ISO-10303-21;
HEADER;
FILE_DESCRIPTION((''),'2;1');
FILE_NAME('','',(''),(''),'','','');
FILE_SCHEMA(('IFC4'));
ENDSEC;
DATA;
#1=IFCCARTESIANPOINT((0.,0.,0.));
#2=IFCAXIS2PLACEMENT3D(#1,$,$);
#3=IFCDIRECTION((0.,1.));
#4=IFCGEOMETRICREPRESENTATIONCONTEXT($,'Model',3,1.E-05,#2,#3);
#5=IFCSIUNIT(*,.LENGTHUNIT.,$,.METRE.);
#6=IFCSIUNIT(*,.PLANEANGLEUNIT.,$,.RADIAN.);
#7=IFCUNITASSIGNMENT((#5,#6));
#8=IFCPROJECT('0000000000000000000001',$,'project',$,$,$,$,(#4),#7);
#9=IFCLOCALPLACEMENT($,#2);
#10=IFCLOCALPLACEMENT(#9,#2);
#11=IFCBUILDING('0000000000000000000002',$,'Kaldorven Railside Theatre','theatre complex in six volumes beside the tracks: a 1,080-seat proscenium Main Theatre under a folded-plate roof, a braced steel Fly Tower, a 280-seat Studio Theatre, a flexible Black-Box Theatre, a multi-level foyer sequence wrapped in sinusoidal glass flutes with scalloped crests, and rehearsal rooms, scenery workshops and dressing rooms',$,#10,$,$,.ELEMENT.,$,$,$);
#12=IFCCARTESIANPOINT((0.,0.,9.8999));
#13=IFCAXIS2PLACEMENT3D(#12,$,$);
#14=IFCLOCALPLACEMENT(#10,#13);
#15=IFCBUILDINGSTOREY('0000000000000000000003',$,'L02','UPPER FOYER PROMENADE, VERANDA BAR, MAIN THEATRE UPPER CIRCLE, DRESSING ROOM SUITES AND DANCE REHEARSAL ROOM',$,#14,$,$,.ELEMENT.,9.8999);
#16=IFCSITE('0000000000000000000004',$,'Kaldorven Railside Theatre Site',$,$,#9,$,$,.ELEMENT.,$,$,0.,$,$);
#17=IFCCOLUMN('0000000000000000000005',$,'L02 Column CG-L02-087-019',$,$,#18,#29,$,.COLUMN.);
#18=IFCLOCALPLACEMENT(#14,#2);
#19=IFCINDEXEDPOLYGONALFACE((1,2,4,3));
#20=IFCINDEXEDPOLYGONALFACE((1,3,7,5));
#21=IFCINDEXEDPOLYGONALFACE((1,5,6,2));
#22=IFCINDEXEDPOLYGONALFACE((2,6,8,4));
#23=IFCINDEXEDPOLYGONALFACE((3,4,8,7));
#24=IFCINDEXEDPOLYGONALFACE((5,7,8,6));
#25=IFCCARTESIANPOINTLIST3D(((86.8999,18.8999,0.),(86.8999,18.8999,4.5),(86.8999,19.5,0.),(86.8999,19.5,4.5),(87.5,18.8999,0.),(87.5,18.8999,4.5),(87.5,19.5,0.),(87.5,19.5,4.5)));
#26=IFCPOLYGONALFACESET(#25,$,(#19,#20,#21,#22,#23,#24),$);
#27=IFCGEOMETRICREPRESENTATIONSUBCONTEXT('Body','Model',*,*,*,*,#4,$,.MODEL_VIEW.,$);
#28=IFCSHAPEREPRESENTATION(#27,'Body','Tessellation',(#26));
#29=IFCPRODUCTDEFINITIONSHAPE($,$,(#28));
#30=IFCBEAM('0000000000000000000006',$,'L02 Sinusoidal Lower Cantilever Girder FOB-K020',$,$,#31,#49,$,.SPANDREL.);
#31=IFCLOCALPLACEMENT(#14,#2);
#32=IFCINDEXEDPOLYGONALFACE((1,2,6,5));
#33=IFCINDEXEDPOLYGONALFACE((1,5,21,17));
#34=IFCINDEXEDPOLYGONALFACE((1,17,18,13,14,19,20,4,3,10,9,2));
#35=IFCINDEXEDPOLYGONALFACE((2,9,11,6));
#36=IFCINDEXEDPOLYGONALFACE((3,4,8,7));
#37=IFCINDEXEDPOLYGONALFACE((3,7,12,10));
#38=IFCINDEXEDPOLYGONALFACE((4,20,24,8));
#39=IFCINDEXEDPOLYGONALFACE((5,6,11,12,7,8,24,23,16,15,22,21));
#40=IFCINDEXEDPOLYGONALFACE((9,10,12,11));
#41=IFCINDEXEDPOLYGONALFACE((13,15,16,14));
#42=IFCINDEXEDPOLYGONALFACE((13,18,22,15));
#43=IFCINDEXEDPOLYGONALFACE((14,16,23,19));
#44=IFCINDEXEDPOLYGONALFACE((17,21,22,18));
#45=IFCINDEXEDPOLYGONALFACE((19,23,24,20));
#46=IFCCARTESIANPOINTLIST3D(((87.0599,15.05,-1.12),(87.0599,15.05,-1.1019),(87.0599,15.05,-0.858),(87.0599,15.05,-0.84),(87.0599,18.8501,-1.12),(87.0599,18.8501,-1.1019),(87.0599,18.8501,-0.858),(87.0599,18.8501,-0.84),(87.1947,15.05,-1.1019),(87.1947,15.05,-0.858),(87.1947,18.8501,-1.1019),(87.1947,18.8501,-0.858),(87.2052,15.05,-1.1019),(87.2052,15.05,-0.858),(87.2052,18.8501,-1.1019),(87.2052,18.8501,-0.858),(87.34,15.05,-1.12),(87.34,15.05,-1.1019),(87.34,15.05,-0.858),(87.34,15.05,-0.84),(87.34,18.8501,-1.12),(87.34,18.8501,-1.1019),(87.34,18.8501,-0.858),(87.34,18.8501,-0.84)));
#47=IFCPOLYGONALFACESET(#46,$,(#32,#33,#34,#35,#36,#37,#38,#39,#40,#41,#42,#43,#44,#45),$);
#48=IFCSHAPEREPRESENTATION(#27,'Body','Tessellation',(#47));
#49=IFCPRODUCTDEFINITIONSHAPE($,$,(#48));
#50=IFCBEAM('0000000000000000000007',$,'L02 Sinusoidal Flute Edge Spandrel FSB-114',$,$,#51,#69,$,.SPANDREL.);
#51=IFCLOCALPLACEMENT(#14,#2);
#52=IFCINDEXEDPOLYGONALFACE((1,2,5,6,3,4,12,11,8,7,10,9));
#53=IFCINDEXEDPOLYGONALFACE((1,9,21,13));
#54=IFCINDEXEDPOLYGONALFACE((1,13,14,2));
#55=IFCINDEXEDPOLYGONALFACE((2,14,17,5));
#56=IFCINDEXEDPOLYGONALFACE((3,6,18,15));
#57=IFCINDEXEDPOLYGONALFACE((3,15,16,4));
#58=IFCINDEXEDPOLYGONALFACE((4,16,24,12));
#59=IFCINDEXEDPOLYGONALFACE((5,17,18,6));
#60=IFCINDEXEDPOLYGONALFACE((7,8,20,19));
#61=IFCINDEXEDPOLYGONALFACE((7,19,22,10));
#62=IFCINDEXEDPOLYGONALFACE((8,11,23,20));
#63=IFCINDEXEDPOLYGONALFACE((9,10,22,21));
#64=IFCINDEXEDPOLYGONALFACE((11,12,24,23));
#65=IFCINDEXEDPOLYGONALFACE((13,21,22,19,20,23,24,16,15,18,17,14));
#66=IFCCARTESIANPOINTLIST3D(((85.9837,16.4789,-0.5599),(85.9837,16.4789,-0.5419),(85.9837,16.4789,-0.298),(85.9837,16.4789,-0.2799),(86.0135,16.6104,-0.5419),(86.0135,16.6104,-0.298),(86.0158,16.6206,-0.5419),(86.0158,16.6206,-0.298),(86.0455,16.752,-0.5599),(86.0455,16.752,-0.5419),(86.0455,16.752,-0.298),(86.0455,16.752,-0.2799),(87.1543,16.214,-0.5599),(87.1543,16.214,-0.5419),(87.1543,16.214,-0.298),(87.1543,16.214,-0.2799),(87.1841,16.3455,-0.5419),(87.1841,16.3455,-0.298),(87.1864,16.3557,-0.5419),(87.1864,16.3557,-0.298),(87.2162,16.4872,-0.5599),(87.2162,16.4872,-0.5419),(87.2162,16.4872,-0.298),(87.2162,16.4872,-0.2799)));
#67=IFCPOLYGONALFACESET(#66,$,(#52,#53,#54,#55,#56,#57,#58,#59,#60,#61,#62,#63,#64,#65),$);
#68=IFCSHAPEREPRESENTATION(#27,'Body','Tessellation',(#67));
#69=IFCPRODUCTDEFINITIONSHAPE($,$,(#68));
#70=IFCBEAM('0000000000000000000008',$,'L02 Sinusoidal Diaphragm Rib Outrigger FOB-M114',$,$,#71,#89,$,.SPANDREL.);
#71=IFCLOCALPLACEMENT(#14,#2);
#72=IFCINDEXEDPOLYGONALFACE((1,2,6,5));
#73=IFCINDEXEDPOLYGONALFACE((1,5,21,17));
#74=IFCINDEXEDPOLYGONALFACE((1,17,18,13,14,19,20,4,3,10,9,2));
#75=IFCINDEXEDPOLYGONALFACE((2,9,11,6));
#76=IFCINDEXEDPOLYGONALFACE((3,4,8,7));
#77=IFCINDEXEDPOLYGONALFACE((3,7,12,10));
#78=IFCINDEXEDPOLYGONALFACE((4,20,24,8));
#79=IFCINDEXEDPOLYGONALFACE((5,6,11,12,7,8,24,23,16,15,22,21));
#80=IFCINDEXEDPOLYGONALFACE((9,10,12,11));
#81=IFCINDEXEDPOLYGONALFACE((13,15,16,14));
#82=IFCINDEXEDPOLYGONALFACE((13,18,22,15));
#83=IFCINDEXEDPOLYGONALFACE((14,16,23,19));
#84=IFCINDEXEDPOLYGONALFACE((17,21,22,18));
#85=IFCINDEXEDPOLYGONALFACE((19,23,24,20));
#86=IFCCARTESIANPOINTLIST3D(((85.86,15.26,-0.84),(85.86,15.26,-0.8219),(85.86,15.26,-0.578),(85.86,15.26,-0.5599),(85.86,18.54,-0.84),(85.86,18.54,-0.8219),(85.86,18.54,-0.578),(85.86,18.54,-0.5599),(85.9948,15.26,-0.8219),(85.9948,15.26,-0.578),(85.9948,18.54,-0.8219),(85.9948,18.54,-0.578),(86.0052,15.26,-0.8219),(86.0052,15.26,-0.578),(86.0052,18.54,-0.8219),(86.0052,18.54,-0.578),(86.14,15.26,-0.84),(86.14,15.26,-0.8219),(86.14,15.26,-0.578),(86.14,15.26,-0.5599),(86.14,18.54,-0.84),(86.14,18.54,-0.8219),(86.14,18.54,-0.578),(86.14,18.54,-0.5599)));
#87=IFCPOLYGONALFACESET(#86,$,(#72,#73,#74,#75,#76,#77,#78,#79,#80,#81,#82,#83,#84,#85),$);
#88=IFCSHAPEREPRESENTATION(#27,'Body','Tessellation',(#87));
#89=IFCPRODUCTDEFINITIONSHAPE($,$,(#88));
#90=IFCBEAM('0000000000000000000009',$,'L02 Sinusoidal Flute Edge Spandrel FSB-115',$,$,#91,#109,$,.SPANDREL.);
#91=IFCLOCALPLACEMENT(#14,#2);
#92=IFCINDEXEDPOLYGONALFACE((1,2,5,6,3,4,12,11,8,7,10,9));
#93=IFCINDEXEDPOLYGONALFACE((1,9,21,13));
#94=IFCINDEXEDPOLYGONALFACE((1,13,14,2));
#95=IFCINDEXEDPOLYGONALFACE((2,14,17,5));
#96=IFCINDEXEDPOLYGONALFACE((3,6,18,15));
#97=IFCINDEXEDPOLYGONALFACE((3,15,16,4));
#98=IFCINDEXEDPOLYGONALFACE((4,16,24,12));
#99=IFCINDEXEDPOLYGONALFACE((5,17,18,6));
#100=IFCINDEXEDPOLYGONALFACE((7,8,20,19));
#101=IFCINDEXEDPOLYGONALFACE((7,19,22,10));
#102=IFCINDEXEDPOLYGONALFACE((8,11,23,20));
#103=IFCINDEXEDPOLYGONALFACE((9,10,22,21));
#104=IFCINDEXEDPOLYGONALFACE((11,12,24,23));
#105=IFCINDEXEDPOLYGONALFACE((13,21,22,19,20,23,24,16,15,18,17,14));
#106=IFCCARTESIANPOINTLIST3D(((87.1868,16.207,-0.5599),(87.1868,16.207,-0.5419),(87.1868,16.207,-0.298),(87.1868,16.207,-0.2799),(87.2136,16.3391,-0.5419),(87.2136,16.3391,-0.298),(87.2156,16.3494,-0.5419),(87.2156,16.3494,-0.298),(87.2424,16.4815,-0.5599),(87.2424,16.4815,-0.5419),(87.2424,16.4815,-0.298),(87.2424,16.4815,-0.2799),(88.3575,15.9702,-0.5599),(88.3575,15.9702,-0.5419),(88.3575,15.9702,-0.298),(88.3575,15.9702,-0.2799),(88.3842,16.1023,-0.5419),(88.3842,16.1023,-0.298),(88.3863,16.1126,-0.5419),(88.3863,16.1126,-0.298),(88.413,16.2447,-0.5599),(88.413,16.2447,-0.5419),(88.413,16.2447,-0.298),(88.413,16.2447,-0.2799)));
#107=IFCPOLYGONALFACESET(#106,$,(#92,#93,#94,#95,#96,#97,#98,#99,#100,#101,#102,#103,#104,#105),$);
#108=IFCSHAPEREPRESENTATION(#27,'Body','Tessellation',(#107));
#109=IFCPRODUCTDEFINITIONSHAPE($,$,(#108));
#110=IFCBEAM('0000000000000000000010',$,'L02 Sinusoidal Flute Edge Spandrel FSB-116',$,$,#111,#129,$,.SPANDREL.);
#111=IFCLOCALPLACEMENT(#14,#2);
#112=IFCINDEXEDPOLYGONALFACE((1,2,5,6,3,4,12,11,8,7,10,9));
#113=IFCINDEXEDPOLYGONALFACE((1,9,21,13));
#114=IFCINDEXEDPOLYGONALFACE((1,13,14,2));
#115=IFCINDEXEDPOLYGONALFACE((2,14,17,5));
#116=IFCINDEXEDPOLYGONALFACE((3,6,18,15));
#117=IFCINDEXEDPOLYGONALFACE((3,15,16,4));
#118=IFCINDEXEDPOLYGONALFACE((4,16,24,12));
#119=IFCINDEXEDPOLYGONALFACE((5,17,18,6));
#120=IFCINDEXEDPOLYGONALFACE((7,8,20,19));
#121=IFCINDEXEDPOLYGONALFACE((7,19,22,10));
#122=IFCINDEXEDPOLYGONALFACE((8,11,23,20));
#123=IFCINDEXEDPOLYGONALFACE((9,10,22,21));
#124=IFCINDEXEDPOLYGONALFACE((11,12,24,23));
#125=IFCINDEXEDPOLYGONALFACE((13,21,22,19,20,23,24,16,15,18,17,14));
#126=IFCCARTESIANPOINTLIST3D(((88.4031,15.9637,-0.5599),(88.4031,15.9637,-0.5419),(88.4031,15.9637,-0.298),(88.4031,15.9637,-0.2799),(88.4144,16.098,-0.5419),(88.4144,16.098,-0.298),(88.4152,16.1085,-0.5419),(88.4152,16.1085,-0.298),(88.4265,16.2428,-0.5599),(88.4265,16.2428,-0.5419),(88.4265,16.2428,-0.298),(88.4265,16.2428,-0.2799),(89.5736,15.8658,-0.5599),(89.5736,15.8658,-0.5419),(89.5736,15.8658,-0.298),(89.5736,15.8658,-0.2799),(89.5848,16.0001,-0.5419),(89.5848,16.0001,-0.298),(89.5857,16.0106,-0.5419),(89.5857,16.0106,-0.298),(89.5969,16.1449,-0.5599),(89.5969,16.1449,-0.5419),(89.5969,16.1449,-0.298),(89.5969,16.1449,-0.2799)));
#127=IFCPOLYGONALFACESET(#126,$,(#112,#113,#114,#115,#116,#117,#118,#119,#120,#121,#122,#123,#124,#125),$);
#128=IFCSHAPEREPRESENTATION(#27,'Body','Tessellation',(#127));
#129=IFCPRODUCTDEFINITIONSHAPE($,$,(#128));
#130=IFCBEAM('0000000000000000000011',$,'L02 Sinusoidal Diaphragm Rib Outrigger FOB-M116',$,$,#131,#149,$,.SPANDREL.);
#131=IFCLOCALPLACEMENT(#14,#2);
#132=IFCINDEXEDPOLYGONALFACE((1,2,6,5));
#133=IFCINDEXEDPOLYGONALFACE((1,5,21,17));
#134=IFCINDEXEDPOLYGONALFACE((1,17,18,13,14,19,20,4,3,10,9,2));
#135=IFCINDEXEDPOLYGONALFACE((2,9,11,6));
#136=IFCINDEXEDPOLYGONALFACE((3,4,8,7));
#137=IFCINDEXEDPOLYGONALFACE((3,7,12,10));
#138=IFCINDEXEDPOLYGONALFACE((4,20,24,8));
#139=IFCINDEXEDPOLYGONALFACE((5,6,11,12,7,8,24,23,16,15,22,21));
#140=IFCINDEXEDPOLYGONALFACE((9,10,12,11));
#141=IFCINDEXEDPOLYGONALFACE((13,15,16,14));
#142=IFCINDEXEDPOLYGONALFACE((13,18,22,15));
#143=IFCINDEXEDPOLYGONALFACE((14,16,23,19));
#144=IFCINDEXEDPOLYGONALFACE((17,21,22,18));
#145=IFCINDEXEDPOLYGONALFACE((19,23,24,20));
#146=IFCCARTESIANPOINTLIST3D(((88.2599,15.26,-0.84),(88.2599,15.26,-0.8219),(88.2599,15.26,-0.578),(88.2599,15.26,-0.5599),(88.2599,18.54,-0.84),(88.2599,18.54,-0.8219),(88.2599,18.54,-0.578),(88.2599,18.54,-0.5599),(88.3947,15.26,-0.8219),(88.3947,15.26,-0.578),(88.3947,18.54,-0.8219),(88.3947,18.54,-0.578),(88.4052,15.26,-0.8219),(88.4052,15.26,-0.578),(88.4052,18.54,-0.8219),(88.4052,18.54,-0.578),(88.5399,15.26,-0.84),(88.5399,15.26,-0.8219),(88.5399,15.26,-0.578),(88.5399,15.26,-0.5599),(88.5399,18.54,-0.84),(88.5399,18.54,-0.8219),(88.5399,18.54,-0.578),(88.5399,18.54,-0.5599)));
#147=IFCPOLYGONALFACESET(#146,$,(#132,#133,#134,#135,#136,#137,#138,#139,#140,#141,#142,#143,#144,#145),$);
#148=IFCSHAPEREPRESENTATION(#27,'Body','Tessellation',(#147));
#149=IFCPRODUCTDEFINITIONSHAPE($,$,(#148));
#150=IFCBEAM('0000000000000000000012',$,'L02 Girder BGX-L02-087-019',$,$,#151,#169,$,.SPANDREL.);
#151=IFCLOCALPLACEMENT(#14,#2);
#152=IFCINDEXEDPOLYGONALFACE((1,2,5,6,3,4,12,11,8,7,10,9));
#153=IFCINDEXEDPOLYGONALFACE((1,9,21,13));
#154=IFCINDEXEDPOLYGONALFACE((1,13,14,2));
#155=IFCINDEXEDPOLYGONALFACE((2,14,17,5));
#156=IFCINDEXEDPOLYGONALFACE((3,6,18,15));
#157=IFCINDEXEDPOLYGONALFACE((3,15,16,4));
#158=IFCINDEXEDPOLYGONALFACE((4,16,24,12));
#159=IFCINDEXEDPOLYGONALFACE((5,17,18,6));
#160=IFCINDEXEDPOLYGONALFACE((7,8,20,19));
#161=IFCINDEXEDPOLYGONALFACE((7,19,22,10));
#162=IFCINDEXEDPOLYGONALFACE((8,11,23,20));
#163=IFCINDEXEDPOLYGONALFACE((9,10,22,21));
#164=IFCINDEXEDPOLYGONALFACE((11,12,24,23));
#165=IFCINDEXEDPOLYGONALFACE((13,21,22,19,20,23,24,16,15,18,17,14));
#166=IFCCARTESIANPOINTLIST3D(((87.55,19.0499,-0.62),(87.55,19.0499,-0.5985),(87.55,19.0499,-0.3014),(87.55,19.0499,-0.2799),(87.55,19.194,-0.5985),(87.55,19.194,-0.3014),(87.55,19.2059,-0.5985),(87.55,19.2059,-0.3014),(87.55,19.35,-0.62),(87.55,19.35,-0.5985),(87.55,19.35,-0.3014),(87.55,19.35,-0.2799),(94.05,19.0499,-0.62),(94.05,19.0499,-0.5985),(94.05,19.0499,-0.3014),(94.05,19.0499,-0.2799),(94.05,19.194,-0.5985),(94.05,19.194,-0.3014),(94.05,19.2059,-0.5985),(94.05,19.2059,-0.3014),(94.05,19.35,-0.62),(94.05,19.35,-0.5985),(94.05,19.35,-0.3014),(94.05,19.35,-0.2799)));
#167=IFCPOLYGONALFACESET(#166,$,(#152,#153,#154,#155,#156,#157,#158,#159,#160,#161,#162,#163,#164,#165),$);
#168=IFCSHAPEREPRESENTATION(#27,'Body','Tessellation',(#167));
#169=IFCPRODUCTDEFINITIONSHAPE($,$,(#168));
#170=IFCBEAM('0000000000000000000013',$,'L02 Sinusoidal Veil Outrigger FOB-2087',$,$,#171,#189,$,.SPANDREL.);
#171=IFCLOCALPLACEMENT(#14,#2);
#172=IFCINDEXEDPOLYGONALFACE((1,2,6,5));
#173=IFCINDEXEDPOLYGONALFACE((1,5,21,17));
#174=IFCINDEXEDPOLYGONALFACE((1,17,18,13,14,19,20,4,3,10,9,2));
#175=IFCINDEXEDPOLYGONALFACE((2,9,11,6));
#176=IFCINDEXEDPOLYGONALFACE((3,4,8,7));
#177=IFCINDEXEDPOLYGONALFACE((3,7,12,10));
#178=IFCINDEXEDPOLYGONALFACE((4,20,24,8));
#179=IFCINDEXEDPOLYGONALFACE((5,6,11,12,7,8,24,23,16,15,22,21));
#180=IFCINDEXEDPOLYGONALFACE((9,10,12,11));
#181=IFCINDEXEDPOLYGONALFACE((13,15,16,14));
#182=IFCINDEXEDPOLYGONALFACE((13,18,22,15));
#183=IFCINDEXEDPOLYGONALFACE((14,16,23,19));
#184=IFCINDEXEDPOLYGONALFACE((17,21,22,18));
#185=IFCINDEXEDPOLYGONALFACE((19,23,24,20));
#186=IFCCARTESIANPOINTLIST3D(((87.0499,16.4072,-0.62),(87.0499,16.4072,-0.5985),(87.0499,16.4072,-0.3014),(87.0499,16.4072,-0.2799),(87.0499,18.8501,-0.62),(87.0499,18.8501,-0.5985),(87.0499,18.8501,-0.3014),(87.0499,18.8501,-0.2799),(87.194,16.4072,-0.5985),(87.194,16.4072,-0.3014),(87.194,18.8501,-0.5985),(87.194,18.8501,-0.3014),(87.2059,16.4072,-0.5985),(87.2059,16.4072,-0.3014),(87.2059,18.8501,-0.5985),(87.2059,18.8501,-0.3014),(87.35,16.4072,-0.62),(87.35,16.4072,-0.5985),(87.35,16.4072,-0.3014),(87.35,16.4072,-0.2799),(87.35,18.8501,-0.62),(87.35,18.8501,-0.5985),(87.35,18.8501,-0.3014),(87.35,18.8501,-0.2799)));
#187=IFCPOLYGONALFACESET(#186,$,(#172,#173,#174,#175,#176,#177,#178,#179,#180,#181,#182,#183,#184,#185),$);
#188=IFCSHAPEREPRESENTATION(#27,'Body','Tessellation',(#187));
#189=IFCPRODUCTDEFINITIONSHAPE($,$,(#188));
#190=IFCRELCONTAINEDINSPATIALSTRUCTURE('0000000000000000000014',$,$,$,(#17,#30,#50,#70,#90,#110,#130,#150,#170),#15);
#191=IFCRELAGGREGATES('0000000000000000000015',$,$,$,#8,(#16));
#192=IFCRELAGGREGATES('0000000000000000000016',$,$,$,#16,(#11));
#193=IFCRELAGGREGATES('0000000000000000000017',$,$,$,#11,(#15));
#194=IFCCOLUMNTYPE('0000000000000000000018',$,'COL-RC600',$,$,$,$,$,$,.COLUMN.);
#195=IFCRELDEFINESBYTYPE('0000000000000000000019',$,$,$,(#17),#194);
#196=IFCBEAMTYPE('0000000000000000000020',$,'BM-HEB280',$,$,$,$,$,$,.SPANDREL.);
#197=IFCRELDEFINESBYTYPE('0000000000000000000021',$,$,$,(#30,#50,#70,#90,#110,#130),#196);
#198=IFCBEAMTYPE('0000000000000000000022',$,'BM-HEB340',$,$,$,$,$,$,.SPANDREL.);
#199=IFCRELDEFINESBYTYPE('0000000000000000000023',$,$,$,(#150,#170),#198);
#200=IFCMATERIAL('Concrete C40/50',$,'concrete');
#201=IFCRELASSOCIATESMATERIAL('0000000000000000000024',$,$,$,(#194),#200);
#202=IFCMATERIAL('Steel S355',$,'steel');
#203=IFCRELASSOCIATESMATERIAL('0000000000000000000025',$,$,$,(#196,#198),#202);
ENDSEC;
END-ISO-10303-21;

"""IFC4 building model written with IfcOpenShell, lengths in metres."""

from ifc_helpers import new_model, si_unit, direction, frame, origin, origin_2d, place, context, subcontext, project, spatial, rectangle, i_section, extrude, material, material_profile, profile_set, type_object, element, save


model = new_model("IFC4")

# Units and contexts
model_context = context("Model", 3, precision=1e-05, world=origin(), true_north=direction((0.0, 1.0)))
body_context = subcontext(model_context, "Body", "Model", "MODEL_VIEW")
ifc_project = project(units=[si_unit("LENGTHUNIT", "METRE"), si_unit("PLANEANGLEUNIT", "RADIAN")], contexts=[model_context])

# Site, building, storey
site_placement = place(None, origin())
site = spatial("IfcSite", under=ifc_project, at=site_placement, Name="Kaldorven Railside Theatre Site", CompositionType="ELEMENT", RefElevation=0.0)
building_placement = place(site_placement, origin())
building = spatial("IfcBuilding", under=site, at=building_placement, Name="Kaldorven Railside Theatre", Description="theatre complex in six volumes beside the tracks: a 1,080-seat proscenium Main Theatre under a folded-plate roof, a braced steel Fly Tower, a 280-seat Studio Theatre, a flexible Black-Box Theatre, a multi-level foyer sequence wrapped in sinusoidal glass flutes with scalloped crests, and rehearsal rooms, scenery workshops and dressing rooms", CompositionType="ELEMENT")
storey_placement = place(building_placement, frame((0.0, 0.0, 9.8999)))
storey = spatial("IfcBuildingStorey", under=building, at=storey_placement, Name="L02", Description="UPPER FOYER PROMENADE, VERANDA BAR, MAIN THEATRE UPPER CIRCLE, DRESSING ROOM SUITES AND DANCE REHEARSAL ROOM", CompositionType="ELEMENT", Elevation=9.8999)

# Column
ifc_material_1 = material(Name="Concrete C40/50", Category="concrete")
ifc_material_profile_1 = material_profile(ifc_material_1, rectangle(XDim=0.6001, YDim=0.6001, at=origin_2d()), Name="RC 600x600")
ifc_profile_set_1 = profile_set([ifc_material_profile_1], Name="Concrete C40/50")
column_type = type_object("IfcColumnType", Name="COL-RC600", PredefinedType="COLUMN", material=ifc_profile_set_1)
column_placement = place(storey_placement, frame((87.2, 19.2, 0.0), z_axis=(0.0, 0.0, 1.0), x_axis=(1.0, 0.0, 0.0)))
element("IfcColumn", 1, at=column_placement, inside=storey, type_object=column_type, Name="L02 Column CG-L02-087-019", PredefinedType="COLUMN", context=body_context, shape_type="SweptSolid", body=[
    extrude(rectangle(XDim=0.6001, YDim=0.6001, at=origin_2d()), origin(), (0.0, 0.0, 1.0), 4.5),
])

# Beams
ifc_material_2 = material(Name="Steel S355", Category="steel")
ifc_material_profile_2 = material_profile(ifc_material_2, i_section(OverallWidth=0.28, OverallDepth=0.28, WebThickness=0.0105, FlangeThickness=0.0181, at=origin_2d()), Name="HEB 280")
ifc_profile_set_2 = profile_set([ifc_material_profile_2], Name="Steel S355")
beam_type_1 = type_object("IfcBeamType", Name="BM-HEB280", PredefinedType="SPANDREL", material=ifc_profile_set_2)
beam_1_placement = place(storey_placement, frame((87.2, 15.05, -0.98), z_axis=(0.0, 1.0, 0.0), x_axis=(-1.0, 0.0, 0.0)))
element("IfcBeam", 2, at=beam_1_placement, inside=storey, type_object=beam_type_1, Name="L02 Sinusoidal Lower Cantilever Girder FOB-K020", PredefinedType="SPANDREL", context=body_context, shape_type="SweptSolid", body=[
    extrude(i_section(OverallWidth=0.28, OverallDepth=0.28, WebThickness=0.0105, FlangeThickness=0.0181, at=origin_2d()), origin(), (0.0, 0.0, 1.0), 3.8),
])
beam_2_placement = place(storey_placement, frame((86.0146, 16.6155, -0.4199), z_axis=(0.975342, -0.220698, 0.0), x_axis=(0.220698, 0.975342, 0.0)))
element("IfcBeam", 3, at=beam_2_placement, inside=storey, type_object=beam_type_1, Name="L02 Sinusoidal Flute Edge Spandrel FSB-114", PredefinedType="SPANDREL", context=body_context, shape_type="SweptSolid", body=[
    extrude(i_section(OverallWidth=0.28, OverallDepth=0.28, WebThickness=0.0105, FlangeThickness=0.0181, at=origin_2d()), origin(), (0.0, 0.0, 1.0), 1.2002),
])
beam_3_placement = place(storey_placement, frame((86.0, 15.26, -0.7), z_axis=(0.0, 1.0, 0.0), x_axis=(-1.0, 0.0, 0.0)))
element("IfcBeam", 4, at=beam_3_placement, inside=storey, type_object=beam_type_1, Name="L02 Sinusoidal Diaphragm Rib Outrigger FOB-M114", PredefinedType="SPANDREL", context=body_context, shape_type="SweptSolid", body=[
    extrude(i_section(OverallWidth=0.28, OverallDepth=0.28, WebThickness=0.0105, FlangeThickness=0.0181, at=origin_2d()), origin(), (0.0, 0.0, 1.0), 3.28),
])
beam_4_placement = place(storey_placement, frame((87.2146, 16.3442, -0.4199), z_axis=(0.980146, -0.198278, 0.0), x_axis=(0.198278, 0.980146, 0.0)))
element("IfcBeam", 5, at=beam_4_placement, inside=storey, type_object=beam_type_1, Name="L02 Sinusoidal Flute Edge Spandrel FSB-115", PredefinedType="SPANDREL", context=body_context, shape_type="SweptSolid", body=[
    extrude(i_section(OverallWidth=0.28, OverallDepth=0.28, WebThickness=0.0105, FlangeThickness=0.0181, at=origin_2d()), origin(), (0.0, 0.0, 1.0), 1.1943),
])
beam_5_placement = place(storey_placement, frame((88.4148, 16.1033, -0.4199), z_axis=(0.99652, -0.083355, 0.0), x_axis=(0.083355, 0.99652, 0.0)))
element("IfcBeam", 6, at=beam_5_placement, inside=storey, type_object=beam_type_1, Name="L02 Sinusoidal Flute Edge Spandrel FSB-116", PredefinedType="SPANDREL", context=body_context, shape_type="SweptSolid", body=[
    extrude(i_section(OverallWidth=0.28, OverallDepth=0.28, WebThickness=0.0105, FlangeThickness=0.0181, at=origin_2d()), origin(), (0.0, 0.0, 1.0), 1.1746),
])
beam_6_placement = place(storey_placement, frame((88.3999, 15.26, -0.7), z_axis=(0.0, 1.0, 0.0), x_axis=(-1.0, 0.0, 0.0)))
element("IfcBeam", 7, at=beam_6_placement, inside=storey, type_object=beam_type_1, Name="L02 Sinusoidal Diaphragm Rib Outrigger FOB-M116", PredefinedType="SPANDREL", context=body_context, shape_type="SweptSolid", body=[
    extrude(i_section(OverallWidth=0.28, OverallDepth=0.28, WebThickness=0.0105, FlangeThickness=0.0181, at=origin_2d()), origin(), (0.0, 0.0, 1.0), 3.28),
])
ifc_material_profile_3 = material_profile(ifc_material_2, i_section(OverallWidth=0.3, OverallDepth=0.3401, WebThickness=0.012, FlangeThickness=0.0215, at=origin_2d()), Name="HEB 340")
ifc_profile_set_3 = profile_set([ifc_material_profile_3], Name="Steel S355")
beam_type_2 = type_object("IfcBeamType", Name="BM-HEB340", PredefinedType="SPANDREL", material=ifc_profile_set_3)
beam_7_placement = place(storey_placement, frame((87.55, 19.2, -0.45), z_axis=(1.0, 0.0, 0.0), x_axis=(0.0, 1.0, 0.0)))
element("IfcBeam", 8, at=beam_7_placement, inside=storey, type_object=beam_type_2, Name="L02 Girder BGX-L02-087-019", PredefinedType="SPANDREL", context=body_context, shape_type="SweptSolid", body=[
    extrude(i_section(OverallWidth=0.3, OverallDepth=0.3401, WebThickness=0.012, FlangeThickness=0.0215, at=origin_2d()), origin(), (0.0, 0.0, 1.0), 6.5),
])
beam_8_placement = place(storey_placement, frame((87.2, 16.4072, -0.45), z_axis=(0.0, 1.0, 0.0), x_axis=(-1.0, 0.0, 0.0)))
element("IfcBeam", 9, at=beam_8_placement, inside=storey, type_object=beam_type_2, Name="L02 Sinusoidal Veil Outrigger FOB-2087", PredefinedType="SPANDREL", context=body_context, shape_type="SweptSolid", body=[
    extrude(i_section(OverallWidth=0.3, OverallDepth=0.3401, WebThickness=0.012, FlangeThickness=0.0215, at=origin_2d()), origin(), (0.0, 0.0, 1.0), 2.4429),
])

save(model, "model.ifc")
